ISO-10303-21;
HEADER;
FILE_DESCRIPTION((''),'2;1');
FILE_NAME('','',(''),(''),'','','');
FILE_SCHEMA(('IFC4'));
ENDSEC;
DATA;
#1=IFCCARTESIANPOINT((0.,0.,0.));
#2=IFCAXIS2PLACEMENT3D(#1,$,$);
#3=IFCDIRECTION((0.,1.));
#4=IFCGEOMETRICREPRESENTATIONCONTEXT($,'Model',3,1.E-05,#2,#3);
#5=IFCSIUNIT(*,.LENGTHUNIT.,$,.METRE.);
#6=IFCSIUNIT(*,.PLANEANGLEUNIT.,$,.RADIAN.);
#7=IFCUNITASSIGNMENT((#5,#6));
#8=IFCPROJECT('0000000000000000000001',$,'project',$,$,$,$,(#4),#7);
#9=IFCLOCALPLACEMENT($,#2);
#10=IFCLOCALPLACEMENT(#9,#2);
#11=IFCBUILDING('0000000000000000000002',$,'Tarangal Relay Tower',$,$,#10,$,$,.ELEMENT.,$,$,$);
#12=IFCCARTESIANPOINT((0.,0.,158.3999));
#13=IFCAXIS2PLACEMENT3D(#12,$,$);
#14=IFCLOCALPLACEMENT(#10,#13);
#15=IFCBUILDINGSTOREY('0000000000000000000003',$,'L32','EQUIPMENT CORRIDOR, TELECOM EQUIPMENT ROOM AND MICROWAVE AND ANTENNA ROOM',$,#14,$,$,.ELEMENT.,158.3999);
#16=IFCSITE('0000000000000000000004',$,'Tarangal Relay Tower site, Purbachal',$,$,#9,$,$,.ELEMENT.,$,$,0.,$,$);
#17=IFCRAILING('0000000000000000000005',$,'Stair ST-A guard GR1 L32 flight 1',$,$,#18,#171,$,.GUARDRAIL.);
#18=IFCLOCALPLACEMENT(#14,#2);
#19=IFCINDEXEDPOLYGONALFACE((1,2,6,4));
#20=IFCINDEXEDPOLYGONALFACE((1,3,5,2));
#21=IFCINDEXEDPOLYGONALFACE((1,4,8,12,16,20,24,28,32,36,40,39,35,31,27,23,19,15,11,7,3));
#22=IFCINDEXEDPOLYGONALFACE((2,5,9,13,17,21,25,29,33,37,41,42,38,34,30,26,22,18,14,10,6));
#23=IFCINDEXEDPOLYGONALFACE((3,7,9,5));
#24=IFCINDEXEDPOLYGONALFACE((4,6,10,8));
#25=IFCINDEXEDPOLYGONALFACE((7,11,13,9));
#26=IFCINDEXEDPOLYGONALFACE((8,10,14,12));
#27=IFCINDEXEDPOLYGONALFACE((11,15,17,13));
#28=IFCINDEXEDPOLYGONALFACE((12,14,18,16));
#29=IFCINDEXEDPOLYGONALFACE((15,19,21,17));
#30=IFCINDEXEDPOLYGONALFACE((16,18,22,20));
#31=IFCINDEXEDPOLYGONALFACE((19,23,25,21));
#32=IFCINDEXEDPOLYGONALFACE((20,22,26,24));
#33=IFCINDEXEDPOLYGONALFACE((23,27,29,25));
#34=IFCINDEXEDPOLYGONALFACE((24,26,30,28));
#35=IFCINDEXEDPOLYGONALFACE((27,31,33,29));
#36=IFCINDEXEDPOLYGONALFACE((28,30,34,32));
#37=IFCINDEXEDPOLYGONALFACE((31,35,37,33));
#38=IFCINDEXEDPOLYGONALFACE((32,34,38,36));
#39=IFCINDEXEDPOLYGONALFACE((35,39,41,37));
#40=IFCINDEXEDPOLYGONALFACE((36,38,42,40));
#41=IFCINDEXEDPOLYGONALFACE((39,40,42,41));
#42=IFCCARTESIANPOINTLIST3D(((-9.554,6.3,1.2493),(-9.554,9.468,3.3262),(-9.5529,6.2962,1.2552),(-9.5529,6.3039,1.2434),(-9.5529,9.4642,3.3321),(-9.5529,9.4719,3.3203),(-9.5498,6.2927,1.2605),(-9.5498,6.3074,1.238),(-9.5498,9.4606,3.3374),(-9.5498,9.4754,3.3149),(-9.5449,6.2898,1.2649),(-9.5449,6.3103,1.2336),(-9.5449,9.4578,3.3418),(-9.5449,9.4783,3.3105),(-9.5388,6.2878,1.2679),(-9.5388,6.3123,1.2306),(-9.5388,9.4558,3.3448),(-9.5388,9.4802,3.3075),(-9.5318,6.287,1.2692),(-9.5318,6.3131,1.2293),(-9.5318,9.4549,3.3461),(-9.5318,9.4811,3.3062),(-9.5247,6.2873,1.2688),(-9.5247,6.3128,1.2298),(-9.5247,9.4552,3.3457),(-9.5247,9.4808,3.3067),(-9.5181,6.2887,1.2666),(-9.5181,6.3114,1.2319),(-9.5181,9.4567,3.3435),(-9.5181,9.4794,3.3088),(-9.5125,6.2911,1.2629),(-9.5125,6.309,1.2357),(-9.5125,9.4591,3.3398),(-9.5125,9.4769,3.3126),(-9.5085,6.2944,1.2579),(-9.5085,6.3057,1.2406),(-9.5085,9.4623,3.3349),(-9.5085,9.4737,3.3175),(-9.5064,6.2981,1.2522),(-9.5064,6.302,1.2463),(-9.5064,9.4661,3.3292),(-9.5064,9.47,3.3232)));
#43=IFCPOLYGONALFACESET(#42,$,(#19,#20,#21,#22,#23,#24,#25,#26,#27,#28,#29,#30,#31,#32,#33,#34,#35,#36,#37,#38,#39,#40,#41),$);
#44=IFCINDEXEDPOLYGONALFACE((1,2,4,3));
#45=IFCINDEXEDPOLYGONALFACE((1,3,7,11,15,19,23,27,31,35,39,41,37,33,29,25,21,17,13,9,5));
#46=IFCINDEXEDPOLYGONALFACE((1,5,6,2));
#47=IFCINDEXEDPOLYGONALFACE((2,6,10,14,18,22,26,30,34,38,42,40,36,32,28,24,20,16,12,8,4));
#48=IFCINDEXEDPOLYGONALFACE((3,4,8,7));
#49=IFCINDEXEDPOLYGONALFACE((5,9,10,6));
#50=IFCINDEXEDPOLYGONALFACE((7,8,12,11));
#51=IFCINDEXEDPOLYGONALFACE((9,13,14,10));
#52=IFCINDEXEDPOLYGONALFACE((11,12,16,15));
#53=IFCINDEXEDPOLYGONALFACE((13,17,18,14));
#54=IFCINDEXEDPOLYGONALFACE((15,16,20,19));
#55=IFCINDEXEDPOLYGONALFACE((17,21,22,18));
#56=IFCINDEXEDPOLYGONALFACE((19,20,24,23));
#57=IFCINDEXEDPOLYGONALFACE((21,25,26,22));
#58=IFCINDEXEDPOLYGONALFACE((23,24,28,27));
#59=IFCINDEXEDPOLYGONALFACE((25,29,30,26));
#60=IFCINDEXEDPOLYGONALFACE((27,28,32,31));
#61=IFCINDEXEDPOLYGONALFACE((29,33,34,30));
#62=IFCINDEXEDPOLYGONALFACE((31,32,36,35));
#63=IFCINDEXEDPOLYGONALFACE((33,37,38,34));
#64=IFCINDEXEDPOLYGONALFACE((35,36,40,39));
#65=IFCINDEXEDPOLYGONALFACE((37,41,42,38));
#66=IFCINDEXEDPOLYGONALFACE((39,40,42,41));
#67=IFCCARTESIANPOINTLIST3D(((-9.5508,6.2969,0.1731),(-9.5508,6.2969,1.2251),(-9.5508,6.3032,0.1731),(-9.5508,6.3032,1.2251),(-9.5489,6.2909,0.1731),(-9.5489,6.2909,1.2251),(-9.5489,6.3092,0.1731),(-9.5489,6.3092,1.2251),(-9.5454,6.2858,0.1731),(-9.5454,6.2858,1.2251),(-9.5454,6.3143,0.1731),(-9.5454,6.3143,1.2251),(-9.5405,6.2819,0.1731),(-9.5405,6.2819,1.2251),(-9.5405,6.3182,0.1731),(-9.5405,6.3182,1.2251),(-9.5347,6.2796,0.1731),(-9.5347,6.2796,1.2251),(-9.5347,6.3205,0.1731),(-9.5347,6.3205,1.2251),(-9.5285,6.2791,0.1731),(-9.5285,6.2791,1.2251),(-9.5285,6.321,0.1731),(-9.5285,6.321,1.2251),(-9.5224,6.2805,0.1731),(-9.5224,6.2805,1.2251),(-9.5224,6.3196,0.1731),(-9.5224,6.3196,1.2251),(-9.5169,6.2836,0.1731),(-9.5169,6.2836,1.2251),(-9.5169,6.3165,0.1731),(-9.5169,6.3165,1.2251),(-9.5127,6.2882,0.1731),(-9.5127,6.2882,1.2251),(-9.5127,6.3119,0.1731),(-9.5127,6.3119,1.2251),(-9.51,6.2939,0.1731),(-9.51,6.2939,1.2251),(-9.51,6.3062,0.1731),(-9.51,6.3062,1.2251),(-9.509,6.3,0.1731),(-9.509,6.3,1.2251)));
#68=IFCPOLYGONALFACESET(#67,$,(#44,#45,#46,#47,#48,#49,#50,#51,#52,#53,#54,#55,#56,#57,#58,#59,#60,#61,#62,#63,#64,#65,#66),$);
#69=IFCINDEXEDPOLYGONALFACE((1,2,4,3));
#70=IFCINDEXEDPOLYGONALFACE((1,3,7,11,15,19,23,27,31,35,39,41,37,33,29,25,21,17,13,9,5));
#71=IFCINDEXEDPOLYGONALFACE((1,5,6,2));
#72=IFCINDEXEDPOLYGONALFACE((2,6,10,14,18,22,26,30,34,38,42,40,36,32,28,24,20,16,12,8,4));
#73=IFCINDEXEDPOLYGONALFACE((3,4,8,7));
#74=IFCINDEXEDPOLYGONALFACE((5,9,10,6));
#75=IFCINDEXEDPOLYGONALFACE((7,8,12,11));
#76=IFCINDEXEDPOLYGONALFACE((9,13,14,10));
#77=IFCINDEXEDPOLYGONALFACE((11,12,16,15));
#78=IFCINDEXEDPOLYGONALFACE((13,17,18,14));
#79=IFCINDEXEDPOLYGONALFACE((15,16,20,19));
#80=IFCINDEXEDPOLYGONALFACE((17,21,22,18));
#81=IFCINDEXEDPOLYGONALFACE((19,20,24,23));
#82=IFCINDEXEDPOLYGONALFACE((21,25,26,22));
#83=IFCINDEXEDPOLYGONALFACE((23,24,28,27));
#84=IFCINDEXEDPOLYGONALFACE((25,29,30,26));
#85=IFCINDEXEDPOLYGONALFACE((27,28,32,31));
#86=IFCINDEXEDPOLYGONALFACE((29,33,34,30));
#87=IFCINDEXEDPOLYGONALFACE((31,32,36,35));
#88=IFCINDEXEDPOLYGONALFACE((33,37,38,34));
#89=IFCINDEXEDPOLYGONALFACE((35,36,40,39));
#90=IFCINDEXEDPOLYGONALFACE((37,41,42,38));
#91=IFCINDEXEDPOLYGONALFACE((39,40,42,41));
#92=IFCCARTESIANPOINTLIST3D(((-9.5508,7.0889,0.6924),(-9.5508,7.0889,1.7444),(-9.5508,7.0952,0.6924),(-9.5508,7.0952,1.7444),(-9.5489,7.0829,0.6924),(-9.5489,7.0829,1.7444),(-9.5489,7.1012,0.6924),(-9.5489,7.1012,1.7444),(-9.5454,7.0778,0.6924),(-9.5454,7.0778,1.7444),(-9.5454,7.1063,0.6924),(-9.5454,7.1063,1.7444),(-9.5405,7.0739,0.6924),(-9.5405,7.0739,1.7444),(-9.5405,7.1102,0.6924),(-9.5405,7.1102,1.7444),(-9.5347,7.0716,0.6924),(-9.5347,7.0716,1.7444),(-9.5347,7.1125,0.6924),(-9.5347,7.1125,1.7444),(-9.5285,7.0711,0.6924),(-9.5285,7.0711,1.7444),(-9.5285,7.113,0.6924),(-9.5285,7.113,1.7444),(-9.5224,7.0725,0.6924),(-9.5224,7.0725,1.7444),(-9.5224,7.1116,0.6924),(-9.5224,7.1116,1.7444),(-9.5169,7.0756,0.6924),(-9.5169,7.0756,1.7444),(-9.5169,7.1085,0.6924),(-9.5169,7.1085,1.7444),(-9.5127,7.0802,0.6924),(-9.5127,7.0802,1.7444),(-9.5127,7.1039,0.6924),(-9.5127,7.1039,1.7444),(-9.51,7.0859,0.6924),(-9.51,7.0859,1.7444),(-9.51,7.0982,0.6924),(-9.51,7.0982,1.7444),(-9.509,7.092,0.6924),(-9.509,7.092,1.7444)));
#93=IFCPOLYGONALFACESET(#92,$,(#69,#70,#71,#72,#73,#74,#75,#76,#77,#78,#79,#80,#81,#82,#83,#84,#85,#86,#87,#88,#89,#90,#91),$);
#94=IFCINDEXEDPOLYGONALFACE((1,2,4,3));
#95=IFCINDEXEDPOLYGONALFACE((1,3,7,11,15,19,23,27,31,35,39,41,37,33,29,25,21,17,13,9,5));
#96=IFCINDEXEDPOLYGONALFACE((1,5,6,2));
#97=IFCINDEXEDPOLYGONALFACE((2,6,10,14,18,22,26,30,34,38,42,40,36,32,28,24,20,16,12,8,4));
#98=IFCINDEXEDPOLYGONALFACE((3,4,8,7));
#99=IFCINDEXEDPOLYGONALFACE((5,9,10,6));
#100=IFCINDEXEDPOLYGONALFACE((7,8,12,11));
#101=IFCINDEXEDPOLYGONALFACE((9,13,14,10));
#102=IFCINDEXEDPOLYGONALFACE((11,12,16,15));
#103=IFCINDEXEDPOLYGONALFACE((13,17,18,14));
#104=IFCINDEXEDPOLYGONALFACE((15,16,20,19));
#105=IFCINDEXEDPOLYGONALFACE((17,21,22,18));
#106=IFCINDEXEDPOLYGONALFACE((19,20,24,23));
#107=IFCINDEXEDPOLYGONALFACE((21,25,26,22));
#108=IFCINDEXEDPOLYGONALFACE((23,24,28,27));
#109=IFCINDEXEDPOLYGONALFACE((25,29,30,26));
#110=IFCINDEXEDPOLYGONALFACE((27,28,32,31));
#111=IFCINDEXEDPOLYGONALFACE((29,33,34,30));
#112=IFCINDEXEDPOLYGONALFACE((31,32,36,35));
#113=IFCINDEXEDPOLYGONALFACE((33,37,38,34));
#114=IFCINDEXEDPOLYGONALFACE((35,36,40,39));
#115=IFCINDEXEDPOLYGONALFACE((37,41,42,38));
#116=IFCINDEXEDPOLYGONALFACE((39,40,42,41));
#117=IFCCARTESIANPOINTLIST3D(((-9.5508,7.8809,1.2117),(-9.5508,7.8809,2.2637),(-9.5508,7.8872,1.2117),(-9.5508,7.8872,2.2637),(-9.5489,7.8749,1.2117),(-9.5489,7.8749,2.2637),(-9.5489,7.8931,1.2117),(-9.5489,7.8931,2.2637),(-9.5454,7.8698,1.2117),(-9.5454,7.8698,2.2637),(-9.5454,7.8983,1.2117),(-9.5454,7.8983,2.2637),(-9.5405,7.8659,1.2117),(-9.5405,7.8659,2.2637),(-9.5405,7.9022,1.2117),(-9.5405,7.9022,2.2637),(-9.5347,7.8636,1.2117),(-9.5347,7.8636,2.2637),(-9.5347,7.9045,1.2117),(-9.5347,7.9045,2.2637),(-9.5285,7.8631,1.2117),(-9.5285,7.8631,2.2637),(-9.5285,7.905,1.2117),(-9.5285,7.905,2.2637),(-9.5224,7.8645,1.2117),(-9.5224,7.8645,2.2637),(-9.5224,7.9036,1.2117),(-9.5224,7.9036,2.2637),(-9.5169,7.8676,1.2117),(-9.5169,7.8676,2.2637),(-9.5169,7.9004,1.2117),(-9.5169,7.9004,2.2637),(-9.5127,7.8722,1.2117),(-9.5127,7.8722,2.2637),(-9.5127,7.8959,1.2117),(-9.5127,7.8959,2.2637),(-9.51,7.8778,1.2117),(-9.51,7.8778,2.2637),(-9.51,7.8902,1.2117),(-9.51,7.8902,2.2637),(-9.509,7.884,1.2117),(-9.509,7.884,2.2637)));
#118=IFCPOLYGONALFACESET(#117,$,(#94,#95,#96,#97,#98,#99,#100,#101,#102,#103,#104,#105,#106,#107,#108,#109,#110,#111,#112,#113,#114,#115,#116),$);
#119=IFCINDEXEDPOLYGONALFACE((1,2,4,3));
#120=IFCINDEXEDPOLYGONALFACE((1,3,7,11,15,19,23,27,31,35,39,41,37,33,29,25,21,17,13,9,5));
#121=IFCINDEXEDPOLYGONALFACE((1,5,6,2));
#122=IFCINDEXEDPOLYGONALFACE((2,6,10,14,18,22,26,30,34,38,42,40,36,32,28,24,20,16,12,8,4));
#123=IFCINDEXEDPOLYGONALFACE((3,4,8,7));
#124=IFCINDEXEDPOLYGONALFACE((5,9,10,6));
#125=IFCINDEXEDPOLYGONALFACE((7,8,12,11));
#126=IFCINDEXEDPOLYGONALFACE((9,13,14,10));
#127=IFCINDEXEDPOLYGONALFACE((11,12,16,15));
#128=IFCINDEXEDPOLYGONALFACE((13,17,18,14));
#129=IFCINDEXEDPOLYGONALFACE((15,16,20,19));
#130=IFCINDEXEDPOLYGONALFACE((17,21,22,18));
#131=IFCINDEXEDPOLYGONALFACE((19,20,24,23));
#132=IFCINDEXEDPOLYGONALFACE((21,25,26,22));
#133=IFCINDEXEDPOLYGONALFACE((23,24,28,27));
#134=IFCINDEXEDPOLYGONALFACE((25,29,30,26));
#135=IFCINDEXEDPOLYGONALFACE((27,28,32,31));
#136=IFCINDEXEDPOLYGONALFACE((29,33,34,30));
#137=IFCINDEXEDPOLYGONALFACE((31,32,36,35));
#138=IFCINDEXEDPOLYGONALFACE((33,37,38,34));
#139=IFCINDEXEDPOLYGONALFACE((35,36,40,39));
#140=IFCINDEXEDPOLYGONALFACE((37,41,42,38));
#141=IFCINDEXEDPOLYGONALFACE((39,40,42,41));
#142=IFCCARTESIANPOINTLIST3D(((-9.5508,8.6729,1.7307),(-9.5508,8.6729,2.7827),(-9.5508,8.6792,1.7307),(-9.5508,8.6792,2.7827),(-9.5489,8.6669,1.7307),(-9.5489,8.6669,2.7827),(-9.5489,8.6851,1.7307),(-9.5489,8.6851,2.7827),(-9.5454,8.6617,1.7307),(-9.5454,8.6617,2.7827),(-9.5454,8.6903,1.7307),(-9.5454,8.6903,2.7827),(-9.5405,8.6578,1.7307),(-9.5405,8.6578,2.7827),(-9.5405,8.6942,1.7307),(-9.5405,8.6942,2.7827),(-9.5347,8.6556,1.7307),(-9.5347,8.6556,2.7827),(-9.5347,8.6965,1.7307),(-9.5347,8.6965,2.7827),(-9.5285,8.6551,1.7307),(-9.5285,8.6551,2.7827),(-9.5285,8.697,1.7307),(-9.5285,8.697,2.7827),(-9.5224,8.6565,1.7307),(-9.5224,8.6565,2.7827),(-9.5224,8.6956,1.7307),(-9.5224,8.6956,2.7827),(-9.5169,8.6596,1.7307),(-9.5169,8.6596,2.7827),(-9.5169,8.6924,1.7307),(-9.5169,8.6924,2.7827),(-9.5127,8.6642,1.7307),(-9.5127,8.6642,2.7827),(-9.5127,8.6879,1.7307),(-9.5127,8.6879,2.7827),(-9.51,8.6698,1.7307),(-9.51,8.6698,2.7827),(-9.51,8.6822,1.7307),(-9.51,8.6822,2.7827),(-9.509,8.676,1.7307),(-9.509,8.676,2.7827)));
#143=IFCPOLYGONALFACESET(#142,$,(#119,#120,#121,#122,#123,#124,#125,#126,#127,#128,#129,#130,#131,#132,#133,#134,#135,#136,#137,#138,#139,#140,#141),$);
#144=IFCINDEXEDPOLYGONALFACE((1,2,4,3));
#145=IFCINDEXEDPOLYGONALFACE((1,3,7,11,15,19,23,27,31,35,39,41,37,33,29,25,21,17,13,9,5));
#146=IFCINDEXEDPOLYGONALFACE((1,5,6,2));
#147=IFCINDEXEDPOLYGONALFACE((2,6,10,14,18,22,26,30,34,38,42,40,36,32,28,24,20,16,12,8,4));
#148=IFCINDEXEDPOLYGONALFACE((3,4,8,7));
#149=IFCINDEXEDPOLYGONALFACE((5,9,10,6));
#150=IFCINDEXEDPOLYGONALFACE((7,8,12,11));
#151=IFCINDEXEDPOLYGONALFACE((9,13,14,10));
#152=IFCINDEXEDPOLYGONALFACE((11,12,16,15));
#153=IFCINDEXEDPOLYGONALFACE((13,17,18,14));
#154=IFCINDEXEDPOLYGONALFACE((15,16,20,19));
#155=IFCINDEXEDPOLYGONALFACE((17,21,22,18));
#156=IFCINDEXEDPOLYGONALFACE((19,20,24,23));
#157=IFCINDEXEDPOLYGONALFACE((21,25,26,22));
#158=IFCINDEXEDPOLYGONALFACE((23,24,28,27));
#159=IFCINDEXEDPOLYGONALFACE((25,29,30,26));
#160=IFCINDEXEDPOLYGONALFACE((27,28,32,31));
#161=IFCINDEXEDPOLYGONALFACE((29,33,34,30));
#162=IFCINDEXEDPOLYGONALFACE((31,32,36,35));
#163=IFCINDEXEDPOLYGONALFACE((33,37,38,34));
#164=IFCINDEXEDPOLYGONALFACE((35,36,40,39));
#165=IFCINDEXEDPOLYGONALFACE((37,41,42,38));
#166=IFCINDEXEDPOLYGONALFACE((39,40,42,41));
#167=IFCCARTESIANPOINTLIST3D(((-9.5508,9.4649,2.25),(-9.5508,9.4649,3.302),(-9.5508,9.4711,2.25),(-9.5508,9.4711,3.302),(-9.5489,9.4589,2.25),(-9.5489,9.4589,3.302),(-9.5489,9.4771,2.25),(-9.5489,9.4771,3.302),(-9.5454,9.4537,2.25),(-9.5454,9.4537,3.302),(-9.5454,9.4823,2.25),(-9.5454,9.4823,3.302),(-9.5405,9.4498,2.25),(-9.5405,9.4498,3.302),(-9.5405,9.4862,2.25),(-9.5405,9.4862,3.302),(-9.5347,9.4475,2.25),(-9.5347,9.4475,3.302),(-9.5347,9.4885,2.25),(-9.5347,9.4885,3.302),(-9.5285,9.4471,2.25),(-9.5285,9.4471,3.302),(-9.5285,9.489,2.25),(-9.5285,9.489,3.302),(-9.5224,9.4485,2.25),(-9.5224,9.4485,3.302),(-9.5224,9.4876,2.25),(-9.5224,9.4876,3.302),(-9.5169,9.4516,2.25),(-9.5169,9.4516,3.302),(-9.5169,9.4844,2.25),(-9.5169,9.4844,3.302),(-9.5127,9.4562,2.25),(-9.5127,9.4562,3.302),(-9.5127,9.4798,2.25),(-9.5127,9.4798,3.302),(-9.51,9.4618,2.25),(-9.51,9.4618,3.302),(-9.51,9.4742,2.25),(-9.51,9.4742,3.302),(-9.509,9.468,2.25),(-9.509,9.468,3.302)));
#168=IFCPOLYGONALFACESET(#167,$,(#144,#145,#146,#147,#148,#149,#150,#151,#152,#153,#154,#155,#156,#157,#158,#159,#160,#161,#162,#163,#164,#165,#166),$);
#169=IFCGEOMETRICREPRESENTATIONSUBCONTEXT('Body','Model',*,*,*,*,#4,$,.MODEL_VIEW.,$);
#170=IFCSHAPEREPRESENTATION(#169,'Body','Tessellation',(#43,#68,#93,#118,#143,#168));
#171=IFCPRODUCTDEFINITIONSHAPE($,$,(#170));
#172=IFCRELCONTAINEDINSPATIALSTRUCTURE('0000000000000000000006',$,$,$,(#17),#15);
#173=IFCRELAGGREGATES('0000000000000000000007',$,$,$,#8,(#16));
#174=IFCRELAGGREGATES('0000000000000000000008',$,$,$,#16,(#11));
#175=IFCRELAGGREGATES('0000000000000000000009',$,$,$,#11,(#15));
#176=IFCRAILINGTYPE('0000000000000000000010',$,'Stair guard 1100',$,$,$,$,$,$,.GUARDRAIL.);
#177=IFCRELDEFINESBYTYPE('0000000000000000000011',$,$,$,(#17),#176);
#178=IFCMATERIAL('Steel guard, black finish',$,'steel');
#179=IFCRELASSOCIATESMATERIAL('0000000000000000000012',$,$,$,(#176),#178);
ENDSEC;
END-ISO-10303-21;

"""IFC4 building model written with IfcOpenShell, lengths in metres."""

from ifc_helpers import new_model, si_unit, direction, frame, origin, origin_2d, place, context, subcontext, project, spatial, circle, extrude, material, type_object, element, save


model = new_model("IFC4")

# Units and contexts
model_context = context("Model", 3, precision=1e-05, world=origin(), true_north=direction((0.0, 1.0)))
body_context = subcontext(model_context, "Body", "Model", "MODEL_VIEW")
ifc_project = project(units=[si_unit("LENGTHUNIT", "METRE"), si_unit("PLANEANGLEUNIT", "RADIAN")], contexts=[model_context])

# Site, building, storey
site_placement = place(None, origin())
site = spatial("IfcSite", under=ifc_project, at=site_placement, Name="Tarangal Relay Tower site, Purbachal", CompositionType="ELEMENT", RefElevation=0.0)
building_placement = place(site_placement, origin())
building = spatial("IfcBuilding", under=site, at=building_placement, Name="Tarangal Relay Tower", CompositionType="ELEMENT")
storey_placement = place(building_placement, frame((0.0, 0.0, 158.3999)))
storey = spatial("IfcBuildingStorey", under=building, at=storey_placement, Name="L32", Description="EQUIPMENT CORRIDOR, TELECOM EQUIPMENT ROOM AND MICROWAVE AND ANTENNA ROOM", CompositionType="ELEMENT", Elevation=158.3999)

# Railing
ifc_material_1 = material(Name="Steel guard, black finish", Category="steel")
railing_type = type_object("IfcRailingType", Name="Stair guard 1100", PredefinedType="GUARDRAIL", material=ifc_material_1)
railing_1_placement = place(storey_placement, frame((-9.53, 6.3, 0.1731)))
element("IfcRailing", 1, at=railing_1_placement, inside=storey, type_object=railing_type, Name="Stair ST-A guard GR1 L32 flight 1", PredefinedType="GUARDRAIL", context=body_context, shape_type="SweptSolid", body=[
    extrude(circle(Radius=0.0239, at=origin_2d()), frame((0.0, 0.0, 1.0762), z_axis=(0.0, 0.836299, 0.548273), x_axis=(-1.0, 0.0, 0.0)), (0.0, 0.0, 1.0), 3.7881),
    extrude(circle(Radius=0.021, at=origin_2d()), origin(), (0.0, 0.0, 1.0), 1.052),
    extrude(circle(Radius=0.021, at=origin_2d()), frame((0.0, 0.792, 0.5193)), (0.0, 0.0, 1.0), 1.052),
    extrude(circle(Radius=0.021, at=origin_2d()), frame((0.0, 1.584, 1.0386)), (0.0, 0.0, 1.0), 1.052),
    extrude(circle(Radius=0.021, at=origin_2d()), frame((0.0, 2.376, 1.5576)), (0.0, 0.0, 1.0), 1.052),
    extrude(circle(Radius=0.021, at=origin_2d()), frame((0.0, 3.168, 2.0769)), (0.0, 0.0, 1.0), 1.052),
])

save(model, "model.ifc")
